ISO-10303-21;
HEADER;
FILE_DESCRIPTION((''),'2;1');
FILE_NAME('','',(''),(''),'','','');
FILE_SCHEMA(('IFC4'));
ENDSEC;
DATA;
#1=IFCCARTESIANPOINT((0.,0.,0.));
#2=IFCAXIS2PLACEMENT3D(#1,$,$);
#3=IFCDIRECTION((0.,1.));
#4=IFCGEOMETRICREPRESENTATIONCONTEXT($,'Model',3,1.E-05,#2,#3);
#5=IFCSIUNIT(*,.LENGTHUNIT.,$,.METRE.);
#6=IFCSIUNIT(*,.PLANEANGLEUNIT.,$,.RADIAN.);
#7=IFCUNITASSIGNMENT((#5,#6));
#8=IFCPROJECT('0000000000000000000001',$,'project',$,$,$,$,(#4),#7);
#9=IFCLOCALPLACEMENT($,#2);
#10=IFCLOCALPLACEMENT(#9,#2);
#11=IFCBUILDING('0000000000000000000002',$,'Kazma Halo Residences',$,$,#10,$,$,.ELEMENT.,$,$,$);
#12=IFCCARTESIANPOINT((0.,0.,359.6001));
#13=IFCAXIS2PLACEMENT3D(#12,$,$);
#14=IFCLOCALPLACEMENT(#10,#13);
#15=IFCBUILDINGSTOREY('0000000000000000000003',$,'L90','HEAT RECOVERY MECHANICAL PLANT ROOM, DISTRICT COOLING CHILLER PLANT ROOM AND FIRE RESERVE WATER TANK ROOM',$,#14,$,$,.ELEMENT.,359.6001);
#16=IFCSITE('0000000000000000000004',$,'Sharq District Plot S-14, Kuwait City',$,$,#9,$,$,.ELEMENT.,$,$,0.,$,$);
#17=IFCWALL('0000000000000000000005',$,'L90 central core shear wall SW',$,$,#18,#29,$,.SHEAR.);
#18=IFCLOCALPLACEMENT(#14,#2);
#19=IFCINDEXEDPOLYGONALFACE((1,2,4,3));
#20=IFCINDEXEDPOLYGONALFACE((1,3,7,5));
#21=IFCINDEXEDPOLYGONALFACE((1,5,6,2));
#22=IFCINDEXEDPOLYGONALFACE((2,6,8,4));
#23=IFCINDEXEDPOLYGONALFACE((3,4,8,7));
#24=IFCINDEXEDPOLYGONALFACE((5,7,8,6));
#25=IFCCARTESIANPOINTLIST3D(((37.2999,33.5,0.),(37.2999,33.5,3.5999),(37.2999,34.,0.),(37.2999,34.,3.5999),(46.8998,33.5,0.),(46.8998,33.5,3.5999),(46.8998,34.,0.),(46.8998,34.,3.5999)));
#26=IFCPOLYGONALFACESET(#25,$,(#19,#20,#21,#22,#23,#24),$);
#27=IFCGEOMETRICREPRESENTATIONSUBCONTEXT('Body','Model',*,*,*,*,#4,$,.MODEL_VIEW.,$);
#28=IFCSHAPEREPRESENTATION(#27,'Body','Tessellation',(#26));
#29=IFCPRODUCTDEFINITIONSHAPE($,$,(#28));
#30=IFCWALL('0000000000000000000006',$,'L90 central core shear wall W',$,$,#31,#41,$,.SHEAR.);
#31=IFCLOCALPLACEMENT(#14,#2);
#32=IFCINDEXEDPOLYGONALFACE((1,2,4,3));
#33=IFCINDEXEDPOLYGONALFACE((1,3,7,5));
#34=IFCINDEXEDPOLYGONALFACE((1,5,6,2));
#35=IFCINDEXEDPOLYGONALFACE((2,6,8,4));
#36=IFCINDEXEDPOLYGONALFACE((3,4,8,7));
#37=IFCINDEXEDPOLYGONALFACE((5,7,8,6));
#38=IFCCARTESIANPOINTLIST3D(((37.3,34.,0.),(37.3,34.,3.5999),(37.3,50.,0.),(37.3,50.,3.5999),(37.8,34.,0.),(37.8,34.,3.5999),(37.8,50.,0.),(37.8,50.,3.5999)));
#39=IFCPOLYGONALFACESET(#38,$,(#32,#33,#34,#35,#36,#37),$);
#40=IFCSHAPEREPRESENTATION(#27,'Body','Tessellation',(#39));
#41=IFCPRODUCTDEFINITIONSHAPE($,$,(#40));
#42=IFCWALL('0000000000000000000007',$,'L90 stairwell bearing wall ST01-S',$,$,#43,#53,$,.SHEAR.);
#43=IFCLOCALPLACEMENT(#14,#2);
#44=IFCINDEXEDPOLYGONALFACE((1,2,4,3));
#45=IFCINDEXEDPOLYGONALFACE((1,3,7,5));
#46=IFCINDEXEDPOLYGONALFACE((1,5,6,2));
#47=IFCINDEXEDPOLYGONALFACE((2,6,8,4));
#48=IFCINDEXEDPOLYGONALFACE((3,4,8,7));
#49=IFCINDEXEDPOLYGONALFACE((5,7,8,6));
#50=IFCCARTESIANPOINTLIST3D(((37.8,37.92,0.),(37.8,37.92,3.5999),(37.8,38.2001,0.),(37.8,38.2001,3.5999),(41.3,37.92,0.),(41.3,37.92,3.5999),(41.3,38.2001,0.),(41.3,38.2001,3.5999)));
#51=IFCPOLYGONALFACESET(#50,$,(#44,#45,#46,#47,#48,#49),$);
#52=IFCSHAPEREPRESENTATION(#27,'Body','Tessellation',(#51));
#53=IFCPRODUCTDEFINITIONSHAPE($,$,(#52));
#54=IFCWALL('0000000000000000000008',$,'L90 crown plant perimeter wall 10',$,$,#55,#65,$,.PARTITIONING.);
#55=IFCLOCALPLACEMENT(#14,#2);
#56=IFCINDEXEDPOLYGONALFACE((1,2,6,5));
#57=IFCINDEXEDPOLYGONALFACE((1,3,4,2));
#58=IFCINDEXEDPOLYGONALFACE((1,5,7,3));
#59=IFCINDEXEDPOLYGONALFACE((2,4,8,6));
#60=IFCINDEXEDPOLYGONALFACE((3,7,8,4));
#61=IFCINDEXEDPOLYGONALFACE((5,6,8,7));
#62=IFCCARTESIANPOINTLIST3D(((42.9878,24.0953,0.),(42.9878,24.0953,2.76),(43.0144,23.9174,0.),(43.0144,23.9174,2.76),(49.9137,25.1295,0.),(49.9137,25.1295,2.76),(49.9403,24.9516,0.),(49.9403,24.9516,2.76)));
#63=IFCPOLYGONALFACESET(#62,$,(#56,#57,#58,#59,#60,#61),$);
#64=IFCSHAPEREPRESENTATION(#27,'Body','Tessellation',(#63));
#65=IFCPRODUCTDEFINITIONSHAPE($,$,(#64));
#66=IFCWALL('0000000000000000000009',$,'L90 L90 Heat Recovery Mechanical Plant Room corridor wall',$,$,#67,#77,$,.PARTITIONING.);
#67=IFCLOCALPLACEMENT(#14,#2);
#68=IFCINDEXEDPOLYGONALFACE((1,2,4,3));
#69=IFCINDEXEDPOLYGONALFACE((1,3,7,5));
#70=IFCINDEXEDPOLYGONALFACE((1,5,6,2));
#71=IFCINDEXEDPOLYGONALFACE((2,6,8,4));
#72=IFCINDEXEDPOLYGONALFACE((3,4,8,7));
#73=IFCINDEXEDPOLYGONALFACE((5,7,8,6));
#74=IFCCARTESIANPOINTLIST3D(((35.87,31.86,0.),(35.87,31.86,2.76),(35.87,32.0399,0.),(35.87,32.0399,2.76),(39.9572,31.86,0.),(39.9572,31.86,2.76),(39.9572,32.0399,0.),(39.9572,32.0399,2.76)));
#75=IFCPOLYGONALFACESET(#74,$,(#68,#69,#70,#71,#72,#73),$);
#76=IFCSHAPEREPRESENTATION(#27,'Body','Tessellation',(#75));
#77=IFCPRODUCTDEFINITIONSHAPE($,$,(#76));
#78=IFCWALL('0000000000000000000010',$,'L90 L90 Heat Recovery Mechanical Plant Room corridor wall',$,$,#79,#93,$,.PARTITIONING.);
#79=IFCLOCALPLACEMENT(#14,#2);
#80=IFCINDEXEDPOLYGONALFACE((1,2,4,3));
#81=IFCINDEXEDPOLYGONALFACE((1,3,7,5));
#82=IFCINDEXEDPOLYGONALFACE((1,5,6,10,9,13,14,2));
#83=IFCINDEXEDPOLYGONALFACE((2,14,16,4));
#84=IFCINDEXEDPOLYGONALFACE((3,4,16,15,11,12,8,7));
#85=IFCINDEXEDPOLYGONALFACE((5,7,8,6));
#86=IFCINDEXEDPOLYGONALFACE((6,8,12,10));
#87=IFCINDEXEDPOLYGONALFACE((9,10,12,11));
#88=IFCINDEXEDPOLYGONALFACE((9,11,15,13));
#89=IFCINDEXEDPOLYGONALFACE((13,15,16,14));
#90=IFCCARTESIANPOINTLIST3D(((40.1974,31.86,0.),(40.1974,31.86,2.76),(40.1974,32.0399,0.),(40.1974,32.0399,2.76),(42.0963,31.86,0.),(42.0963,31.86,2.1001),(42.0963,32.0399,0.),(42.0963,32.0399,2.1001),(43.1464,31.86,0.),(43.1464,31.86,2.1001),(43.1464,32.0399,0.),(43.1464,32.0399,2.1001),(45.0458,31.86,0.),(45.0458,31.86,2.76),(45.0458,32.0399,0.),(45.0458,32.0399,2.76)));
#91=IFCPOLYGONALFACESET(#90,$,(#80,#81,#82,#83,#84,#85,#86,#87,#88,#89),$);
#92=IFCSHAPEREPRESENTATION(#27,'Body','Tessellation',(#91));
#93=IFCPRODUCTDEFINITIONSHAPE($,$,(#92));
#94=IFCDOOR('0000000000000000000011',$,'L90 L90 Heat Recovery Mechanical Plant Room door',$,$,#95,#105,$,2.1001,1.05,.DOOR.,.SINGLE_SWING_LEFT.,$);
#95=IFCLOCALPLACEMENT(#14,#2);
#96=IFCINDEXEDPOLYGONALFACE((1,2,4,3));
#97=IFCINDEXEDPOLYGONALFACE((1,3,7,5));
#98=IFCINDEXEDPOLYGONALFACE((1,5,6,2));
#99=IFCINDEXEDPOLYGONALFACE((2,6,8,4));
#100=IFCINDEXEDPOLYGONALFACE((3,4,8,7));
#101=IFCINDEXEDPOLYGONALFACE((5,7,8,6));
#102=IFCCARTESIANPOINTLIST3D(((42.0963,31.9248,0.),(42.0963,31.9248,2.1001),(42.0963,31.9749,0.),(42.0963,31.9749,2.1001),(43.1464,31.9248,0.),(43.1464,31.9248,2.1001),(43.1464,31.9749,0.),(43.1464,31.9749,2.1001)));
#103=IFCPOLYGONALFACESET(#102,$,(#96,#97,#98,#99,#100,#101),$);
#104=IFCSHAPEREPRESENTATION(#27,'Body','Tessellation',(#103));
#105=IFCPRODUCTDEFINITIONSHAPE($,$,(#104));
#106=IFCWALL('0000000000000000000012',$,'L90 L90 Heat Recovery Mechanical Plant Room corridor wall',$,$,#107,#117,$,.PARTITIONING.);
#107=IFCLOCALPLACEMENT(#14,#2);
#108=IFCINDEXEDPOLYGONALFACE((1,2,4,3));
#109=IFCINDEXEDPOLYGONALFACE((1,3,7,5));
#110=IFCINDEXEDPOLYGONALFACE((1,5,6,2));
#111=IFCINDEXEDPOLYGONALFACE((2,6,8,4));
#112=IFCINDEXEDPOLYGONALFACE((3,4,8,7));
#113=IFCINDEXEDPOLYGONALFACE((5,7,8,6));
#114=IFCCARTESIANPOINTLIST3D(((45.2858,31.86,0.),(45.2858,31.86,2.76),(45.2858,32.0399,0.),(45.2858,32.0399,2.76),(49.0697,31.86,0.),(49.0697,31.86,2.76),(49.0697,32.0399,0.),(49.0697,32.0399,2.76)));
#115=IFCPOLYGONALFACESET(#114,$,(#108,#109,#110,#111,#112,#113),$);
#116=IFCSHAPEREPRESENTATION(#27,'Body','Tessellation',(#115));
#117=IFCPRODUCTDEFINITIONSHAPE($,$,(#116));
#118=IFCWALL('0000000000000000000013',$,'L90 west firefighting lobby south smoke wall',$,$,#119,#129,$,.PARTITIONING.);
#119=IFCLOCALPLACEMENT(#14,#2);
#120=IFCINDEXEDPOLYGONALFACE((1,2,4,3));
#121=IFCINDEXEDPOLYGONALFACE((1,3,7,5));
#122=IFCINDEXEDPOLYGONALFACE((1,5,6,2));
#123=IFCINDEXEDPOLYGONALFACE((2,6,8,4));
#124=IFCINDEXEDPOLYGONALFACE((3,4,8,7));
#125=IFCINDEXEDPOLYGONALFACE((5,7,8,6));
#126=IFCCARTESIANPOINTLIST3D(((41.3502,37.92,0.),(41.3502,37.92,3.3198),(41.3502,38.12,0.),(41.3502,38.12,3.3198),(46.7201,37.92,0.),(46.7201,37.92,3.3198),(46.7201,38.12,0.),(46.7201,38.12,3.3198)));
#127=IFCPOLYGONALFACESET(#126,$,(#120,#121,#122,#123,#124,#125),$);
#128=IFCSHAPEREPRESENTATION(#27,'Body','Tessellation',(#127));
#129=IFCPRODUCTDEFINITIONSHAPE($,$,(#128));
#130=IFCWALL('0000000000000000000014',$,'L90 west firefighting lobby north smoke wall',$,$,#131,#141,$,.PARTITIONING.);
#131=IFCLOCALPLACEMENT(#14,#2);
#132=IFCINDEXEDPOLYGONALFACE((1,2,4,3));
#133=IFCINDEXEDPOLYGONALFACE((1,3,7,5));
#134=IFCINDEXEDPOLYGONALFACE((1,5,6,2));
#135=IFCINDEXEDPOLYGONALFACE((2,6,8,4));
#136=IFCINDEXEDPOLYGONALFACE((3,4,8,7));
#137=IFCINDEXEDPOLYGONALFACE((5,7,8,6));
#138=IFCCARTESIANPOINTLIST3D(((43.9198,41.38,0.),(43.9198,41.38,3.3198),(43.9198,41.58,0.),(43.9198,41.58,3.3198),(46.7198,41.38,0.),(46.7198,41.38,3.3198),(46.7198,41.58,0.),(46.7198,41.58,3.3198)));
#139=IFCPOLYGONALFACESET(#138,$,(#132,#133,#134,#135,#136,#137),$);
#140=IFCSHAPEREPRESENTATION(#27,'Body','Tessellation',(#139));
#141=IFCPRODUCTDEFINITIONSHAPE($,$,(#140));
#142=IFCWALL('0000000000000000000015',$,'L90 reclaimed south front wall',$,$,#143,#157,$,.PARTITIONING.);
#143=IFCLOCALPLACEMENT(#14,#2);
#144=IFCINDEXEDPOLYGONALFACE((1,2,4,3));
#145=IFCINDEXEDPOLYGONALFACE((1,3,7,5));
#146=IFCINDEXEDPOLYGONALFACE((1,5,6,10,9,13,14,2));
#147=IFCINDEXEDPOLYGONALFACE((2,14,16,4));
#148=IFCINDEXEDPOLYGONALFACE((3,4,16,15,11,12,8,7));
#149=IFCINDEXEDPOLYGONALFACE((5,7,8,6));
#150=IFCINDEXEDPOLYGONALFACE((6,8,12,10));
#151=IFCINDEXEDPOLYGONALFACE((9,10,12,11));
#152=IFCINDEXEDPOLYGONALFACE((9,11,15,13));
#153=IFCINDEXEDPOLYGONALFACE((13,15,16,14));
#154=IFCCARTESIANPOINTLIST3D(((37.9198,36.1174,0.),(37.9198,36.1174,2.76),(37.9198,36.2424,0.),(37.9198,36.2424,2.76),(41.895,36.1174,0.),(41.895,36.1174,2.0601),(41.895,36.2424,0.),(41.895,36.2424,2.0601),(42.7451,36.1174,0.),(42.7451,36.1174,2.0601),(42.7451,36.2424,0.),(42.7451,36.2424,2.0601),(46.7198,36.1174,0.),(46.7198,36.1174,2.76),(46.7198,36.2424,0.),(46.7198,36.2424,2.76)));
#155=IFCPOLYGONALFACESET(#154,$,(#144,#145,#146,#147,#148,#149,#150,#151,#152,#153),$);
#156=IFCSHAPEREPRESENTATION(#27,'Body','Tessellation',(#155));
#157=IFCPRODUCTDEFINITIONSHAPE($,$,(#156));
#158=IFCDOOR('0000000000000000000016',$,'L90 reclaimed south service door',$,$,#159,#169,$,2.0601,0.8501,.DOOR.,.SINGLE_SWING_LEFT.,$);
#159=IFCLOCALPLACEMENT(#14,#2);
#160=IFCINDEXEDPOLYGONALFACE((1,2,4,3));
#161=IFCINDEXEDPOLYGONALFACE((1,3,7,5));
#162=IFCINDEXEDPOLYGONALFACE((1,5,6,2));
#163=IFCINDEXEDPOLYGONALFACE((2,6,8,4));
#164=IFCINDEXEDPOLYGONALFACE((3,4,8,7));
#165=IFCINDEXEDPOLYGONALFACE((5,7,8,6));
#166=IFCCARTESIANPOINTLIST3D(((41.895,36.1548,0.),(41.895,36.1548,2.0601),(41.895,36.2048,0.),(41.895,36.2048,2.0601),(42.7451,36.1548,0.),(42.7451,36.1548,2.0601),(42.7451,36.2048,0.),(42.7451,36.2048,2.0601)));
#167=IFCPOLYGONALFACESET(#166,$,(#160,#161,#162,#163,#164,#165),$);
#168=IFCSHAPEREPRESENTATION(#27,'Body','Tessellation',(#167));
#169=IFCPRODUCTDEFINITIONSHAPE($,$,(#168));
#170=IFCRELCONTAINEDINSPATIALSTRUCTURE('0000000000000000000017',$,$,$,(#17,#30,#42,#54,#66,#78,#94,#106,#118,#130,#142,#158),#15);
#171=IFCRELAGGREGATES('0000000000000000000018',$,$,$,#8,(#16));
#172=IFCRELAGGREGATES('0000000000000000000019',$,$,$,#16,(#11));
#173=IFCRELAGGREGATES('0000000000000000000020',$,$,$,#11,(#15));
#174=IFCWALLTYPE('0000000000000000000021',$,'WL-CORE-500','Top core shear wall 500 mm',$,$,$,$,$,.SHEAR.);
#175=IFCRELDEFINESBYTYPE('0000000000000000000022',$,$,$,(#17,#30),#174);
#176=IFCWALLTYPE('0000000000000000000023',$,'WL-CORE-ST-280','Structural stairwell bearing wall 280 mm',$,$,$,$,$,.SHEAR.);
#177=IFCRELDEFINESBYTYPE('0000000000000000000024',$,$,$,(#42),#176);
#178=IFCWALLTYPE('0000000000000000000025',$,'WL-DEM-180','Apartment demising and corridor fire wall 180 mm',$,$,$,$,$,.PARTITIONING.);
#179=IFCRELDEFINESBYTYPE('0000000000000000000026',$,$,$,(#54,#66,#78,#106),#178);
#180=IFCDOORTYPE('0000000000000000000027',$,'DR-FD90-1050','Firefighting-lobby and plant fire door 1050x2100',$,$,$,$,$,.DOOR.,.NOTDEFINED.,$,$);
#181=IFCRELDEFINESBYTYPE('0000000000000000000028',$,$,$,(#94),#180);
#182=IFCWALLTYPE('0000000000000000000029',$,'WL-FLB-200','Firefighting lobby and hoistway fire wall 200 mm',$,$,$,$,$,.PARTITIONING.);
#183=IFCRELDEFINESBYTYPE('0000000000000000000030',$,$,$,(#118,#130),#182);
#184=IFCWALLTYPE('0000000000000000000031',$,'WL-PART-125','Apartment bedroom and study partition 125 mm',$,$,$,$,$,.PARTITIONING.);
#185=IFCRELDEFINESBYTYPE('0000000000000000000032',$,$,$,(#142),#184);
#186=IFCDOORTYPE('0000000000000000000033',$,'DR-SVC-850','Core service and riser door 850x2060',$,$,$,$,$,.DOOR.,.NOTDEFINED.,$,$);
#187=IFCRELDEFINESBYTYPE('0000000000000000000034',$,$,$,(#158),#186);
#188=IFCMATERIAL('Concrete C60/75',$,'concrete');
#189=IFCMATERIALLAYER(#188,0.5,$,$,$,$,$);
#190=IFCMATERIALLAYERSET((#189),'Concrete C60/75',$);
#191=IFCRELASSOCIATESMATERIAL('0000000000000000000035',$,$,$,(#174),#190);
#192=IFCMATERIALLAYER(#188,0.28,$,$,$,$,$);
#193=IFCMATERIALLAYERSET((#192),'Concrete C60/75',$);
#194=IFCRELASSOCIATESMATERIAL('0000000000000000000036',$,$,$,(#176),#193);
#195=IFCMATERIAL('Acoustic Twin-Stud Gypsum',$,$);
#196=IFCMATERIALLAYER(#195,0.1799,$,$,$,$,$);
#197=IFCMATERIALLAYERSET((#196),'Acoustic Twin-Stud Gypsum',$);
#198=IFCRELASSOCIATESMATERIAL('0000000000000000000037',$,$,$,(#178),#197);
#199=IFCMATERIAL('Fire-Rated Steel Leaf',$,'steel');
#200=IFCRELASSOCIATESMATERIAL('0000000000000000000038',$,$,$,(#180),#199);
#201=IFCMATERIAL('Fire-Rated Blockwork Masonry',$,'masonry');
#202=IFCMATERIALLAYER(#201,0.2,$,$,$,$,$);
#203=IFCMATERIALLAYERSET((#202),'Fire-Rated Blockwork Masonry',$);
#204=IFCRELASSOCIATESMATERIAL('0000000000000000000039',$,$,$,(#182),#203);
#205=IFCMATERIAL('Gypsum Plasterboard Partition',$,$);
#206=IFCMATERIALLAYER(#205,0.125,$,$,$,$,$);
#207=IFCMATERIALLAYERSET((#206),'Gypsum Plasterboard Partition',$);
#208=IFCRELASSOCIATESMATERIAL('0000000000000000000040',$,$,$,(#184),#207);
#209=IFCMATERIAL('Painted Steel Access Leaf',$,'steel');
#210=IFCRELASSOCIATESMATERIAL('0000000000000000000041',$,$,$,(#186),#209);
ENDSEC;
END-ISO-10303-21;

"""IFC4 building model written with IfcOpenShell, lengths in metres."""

from ifc_helpers import new_model, si_unit, direction, frame, frame_2d, origin, place, context, subcontext, project, spatial, rectangle, extrude, material, layer, layer_set, type_object, element, fill, save


model = new_model("IFC4")

# Units and contexts
model_context = context("Model", 3, precision=1e-05, world=origin(), true_north=direction((0.0, 1.0)))
body_context = subcontext(model_context, "Body", "Model", "MODEL_VIEW")
ifc_project = project(units=[si_unit("LENGTHUNIT", "METRE"), si_unit("PLANEANGLEUNIT", "RADIAN")], contexts=[model_context])

# Site, building, storey
site_placement = place(None, origin())
site = spatial("IfcSite", under=ifc_project, at=site_placement, Name="Sharq District Plot S-14, Kuwait City", CompositionType="ELEMENT", RefElevation=0.0)
building_placement = place(site_placement, origin())
building = spatial("IfcBuilding", under=site, at=building_placement, Name="Kazma Halo Residences", CompositionType="ELEMENT")
storey_placement = place(building_placement, frame((0.0, 0.0, 359.6001)))
storey = spatial("IfcBuildingStorey", under=building, at=storey_placement, Name="L90", Description="HEAT RECOVERY MECHANICAL PLANT ROOM, DISTRICT COOLING CHILLER PLANT ROOM AND FIRE RESERVE WATER TANK ROOM", CompositionType="ELEMENT", Elevation=359.6001)

# Walls
ifc_material_1 = material(Name="Concrete C60/75", Category="concrete")
ifc_layer_1 = layer(ifc_material_1, 0.5)
ifc_layer_set_1 = layer_set([ifc_layer_1], Name="Concrete C60/75")
wall_type_1 = type_object("IfcWallType", Name="WL-CORE-500", Description="Top core shear wall 500 mm", PredefinedType="SHEAR", material=ifc_layer_set_1)
wall_1_placement = place(storey_placement, frame((37.3, 33.75, 0.0), z_axis=(0.0, 0.0, 1.0), x_axis=(1.0, 0.0, 0.0)))
element("IfcWall", 1, at=wall_1_placement, inside=storey, type_object=wall_type_1, Name="L90 central core shear wall SW", PredefinedType="SHEAR", context=body_context, shape_type="SweptSolid", body=[
    extrude(rectangle(XDim=9.5999, YDim=0.5, at=frame_2d((4.7998, 0.0))), origin(), (0.0, 0.0, 1.0), 3.5999),
])
wall_2_placement = place(storey_placement, frame((37.55, 34.0, 0.0), z_axis=(0.0, 0.0, 1.0), x_axis=(0.0, 1.0, 0.0)))
element("IfcWall", 2, at=wall_2_placement, inside=storey, type_object=wall_type_1, Name="L90 central core shear wall W", PredefinedType="SHEAR", context=body_context, shape_type="SweptSolid", body=[
    extrude(rectangle(XDim=16.0, YDim=0.5, at=frame_2d((8.0, 0.0))), origin(), (0.0, 0.0, 1.0), 3.5999),
])
ifc_layer_2 = layer(ifc_material_1, 0.28)
ifc_layer_set_2 = layer_set([ifc_layer_2], Name="Concrete C60/75")
wall_type_2 = type_object("IfcWallType", Name="WL-CORE-ST-280", Description="Structural stairwell bearing wall 280 mm", PredefinedType="SHEAR", material=ifc_layer_set_2)
wall_3_placement = place(storey_placement, frame((37.8, 38.0601, 0.0), z_axis=(0.0, 0.0, 1.0), x_axis=(1.0, 0.0, 0.0)))
element("IfcWall", 3, at=wall_3_placement, inside=storey, type_object=wall_type_2, Name="L90 stairwell bearing wall ST01-S", PredefinedType="SHEAR", context=body_context, shape_type="SweptSolid", body=[
    extrude(rectangle(XDim=3.5, YDim=0.28, at=frame_2d((1.75, 0.0))), origin(), (0.0, 0.0, 1.0), 3.5999),
])
ifc_material_2 = material(Name="Acoustic Twin-Stud Gypsum")
ifc_layer_3 = layer(ifc_material_2, 0.1799)
ifc_layer_set_3 = layer_set([ifc_layer_3], Name="Acoustic Twin-Stud Gypsum")
wall_type_3 = type_object("IfcWallType", Name="WL-DEM-180", Description="Apartment demising and corridor fire wall 180 mm", PredefinedType="PARTITIONING", material=ifc_layer_set_3)
wall_4_placement = place(storey_placement, frame((43.001, 24.0063, 0.0), z_axis=(0.0, 0.0, 1.0), x_axis=(0.989034, 0.147686, 0.0)))
element("IfcWall", 4, at=wall_4_placement, inside=storey, type_object=wall_type_3, Name="L90 crown plant perimeter wall 10", PredefinedType="PARTITIONING", context=body_context, shape_type="SweptSolid", body=[
    extrude(rectangle(XDim=7.0027, YDim=0.1799, at=frame_2d((3.5015, 0.0))), origin(), (0.0, 0.0, 1.0), 2.76),
])
wall_5_placement = place(storey_placement, frame((35.8701, 31.95, 0.0), z_axis=(0.0, 0.0, 1.0), x_axis=(1.0, 0.0, 0.0)))
element("IfcWall", 5, at=wall_5_placement, inside=storey, type_object=wall_type_3, Name="L90 L90 Heat Recovery Mechanical Plant Room corridor wall", PredefinedType="PARTITIONING", context=body_context, shape_type="SweptSolid", body=[
    extrude(rectangle(XDim=4.0872, YDim=0.1799, at=frame_2d((2.0435, 0.0))), origin(), (0.0, 0.0, 1.0), 2.76),
])

# Wall, opening, door
wall_6_placement = place(storey_placement, frame((40.1973, 31.95, 0.0), z_axis=(0.0, 0.0, 1.0), x_axis=(1.0, 0.0, 0.0)))
wall_6 = element("IfcWall", 6, at=wall_6_placement, inside=storey, type_object=wall_type_3, Name="L90 L90 Heat Recovery Mechanical Plant Room corridor wall", PredefinedType="PARTITIONING", context=body_context, shape_type="SweptSolid", body=[
    extrude(rectangle(XDim=4.8484, YDim=0.1799, at=frame_2d((2.4243, 0.0))), origin(), (0.0, 0.0, 1.0), 2.76),
])
opening_1_placement = place(wall_6_placement, frame((1.8992, 0.0, 0.0)))
opening_1 = element("IfcOpeningElement", 7, at=opening_1_placement, cuts=wall_6, PredefinedType="OPENING", context=body_context, shape_type="SweptSolid", body=[
    extrude(rectangle(XDim=1.05, YDim=2.1001, at=frame_2d((0.5249, 1.05))), frame((0.0, 0.0999, 0.0), z_axis=(0.0, -1.0, 0.0), x_axis=(1.0, 0.0, 0.0)), (0.0, 0.0, 1.0), 0.2),
])
ifc_material_3 = material(Name="Fire-Rated Steel Leaf", Category="steel")
door_type_1 = type_object("IfcDoorType", Name="DR-FD90-1050", Description="Firefighting-lobby and plant fire door 1050x2100", OperationType="NOTDEFINED", PredefinedType="DOOR", material=ifc_material_3)
door_1_placement = place(opening_1_placement, origin())
door_1 = element("IfcDoor", 8, at=door_1_placement, inside=storey, type_object=door_type_1, Name="L90 L90 Heat Recovery Mechanical Plant Room door", OperationType="SINGLE_SWING_LEFT", OverallHeight=2.1001, OverallWidth=1.05, PredefinedType="DOOR", context=body_context, shape_type="SweptSolid", body=[
    extrude(rectangle(XDim=1.05, YDim=2.1001, at=frame_2d((0.5249, 1.05))), frame((0.0, 0.0249, 0.0), z_axis=(0.0, -1.0, 0.0), x_axis=(1.0, 0.0, 0.0)), (0.0, 0.0, 1.0), 0.05),
])
fill(opening_1, door_1)

# Walls
wall_7_placement = place(storey_placement, frame((45.2856, 31.95, 0.0), z_axis=(0.0, 0.0, 1.0), x_axis=(1.0, 0.0, 0.0)))
element("IfcWall", 9, at=wall_7_placement, inside=storey, type_object=wall_type_3, Name="L90 L90 Heat Recovery Mechanical Plant Room corridor wall", PredefinedType="PARTITIONING", context=body_context, shape_type="SweptSolid", body=[
    extrude(rectangle(XDim=3.7839, YDim=0.1799, at=frame_2d((1.8921, 0.0))), origin(), (0.0, 0.0, 1.0), 2.76),
])
ifc_material_4 = material(Name="Fire-Rated Blockwork Masonry", Category="masonry")
ifc_layer_4 = layer(ifc_material_4, 0.2)
ifc_layer_set_4 = layer_set([ifc_layer_4], Name="Fire-Rated Blockwork Masonry")
wall_type_4 = type_object("IfcWallType", Name="WL-FLB-200", Description="Firefighting lobby and hoistway fire wall 200 mm", PredefinedType="PARTITIONING", material=ifc_layer_set_4)
wall_8_placement = place(storey_placement, frame((41.3501, 38.02, 0.0), z_axis=(0.0, 0.0, 1.0), x_axis=(1.0, 0.0, 0.0)))
element("IfcWall", 10, at=wall_8_placement, inside=storey, type_object=wall_type_4, Name="L90 west firefighting lobby south smoke wall", PredefinedType="PARTITIONING", context=body_context, shape_type="SweptSolid", body=[
    extrude(rectangle(XDim=5.3699, YDim=0.2, at=frame_2d((2.6851, 0.0))), origin(), (0.0, 0.0, 1.0), 3.3198),
])
wall_9_placement = place(storey_placement, frame((43.9199, 41.48, 0.0), z_axis=(0.0, 0.0, 1.0), x_axis=(1.0, 0.0, 0.0)))
element("IfcWall", 11, at=wall_9_placement, inside=storey, type_object=wall_type_4, Name="L90 west firefighting lobby north smoke wall", PredefinedType="PARTITIONING", context=body_context, shape_type="SweptSolid", body=[
    extrude(rectangle(XDim=2.8, YDim=0.2, at=frame_2d((1.3999, 0.0))), origin(), (0.0, 0.0, 1.0), 3.3198),
])

# Wall, opening, door
ifc_material_5 = material(Name="Gypsum Plasterboard Partition")
ifc_layer_5 = layer(ifc_material_5, 0.125)
ifc_layer_set_5 = layer_set([ifc_layer_5], Name="Gypsum Plasterboard Partition")
wall_type_5 = type_object("IfcWallType", Name="WL-PART-125", Description="Apartment bedroom and study partition 125 mm", PredefinedType="PARTITIONING", material=ifc_layer_set_5)
wall_10_placement = place(storey_placement, frame((37.9199, 36.1799, 0.0), z_axis=(0.0, 0.0, 1.0), x_axis=(1.0, 0.0, 0.0)))
wall_10 = element("IfcWall", 12, at=wall_10_placement, inside=storey, type_object=wall_type_5, Name="L90 reclaimed south front wall", PredefinedType="PARTITIONING", context=body_context, shape_type="SweptSolid", body=[
    extrude(rectangle(XDim=8.8, YDim=0.125, at=frame_2d((4.3999, 0.0))), origin(), (0.0, 0.0, 1.0), 2.76),
])
opening_2_placement = place(wall_10_placement, frame((3.9751, 0.0, 0.0)))
opening_2 = element("IfcOpeningElement", 13, at=opening_2_placement, cuts=wall_10, PredefinedType="OPENING", context=body_context, shape_type="SweptSolid", body=[
    extrude(rectangle(XDim=0.8501, YDim=2.0601, at=frame_2d((0.425, 1.03))), frame((0.0, 0.0725, 0.0), z_axis=(0.0, -1.0, 0.0), x_axis=(1.0, 0.0, 0.0)), (0.0, 0.0, 1.0), 0.145),
])
ifc_material_6 = material(Name="Painted Steel Access Leaf", Category="steel")
door_type_2 = type_object("IfcDoorType", Name="DR-SVC-850", Description="Core service and riser door 850x2060", OperationType="NOTDEFINED", PredefinedType="DOOR", material=ifc_material_6)
door_2_placement = place(opening_2_placement, origin())
door_2 = element("IfcDoor", 14, at=door_2_placement, inside=storey, type_object=door_type_2, Name="L90 reclaimed south service door", OperationType="SINGLE_SWING_LEFT", OverallHeight=2.0601, OverallWidth=0.8501, PredefinedType="DOOR", context=body_context, shape_type="SweptSolid", body=[
    extrude(rectangle(XDim=0.8501, YDim=2.0601, at=frame_2d((0.425, 1.03))), frame((0.0, 0.0249, 0.0), z_axis=(0.0, -1.0, 0.0), x_axis=(1.0, 0.0, 0.0)), (0.0, 0.0, 1.0), 0.05),
])
fill(opening_2, door_2)

save(model, "model.ifc")
